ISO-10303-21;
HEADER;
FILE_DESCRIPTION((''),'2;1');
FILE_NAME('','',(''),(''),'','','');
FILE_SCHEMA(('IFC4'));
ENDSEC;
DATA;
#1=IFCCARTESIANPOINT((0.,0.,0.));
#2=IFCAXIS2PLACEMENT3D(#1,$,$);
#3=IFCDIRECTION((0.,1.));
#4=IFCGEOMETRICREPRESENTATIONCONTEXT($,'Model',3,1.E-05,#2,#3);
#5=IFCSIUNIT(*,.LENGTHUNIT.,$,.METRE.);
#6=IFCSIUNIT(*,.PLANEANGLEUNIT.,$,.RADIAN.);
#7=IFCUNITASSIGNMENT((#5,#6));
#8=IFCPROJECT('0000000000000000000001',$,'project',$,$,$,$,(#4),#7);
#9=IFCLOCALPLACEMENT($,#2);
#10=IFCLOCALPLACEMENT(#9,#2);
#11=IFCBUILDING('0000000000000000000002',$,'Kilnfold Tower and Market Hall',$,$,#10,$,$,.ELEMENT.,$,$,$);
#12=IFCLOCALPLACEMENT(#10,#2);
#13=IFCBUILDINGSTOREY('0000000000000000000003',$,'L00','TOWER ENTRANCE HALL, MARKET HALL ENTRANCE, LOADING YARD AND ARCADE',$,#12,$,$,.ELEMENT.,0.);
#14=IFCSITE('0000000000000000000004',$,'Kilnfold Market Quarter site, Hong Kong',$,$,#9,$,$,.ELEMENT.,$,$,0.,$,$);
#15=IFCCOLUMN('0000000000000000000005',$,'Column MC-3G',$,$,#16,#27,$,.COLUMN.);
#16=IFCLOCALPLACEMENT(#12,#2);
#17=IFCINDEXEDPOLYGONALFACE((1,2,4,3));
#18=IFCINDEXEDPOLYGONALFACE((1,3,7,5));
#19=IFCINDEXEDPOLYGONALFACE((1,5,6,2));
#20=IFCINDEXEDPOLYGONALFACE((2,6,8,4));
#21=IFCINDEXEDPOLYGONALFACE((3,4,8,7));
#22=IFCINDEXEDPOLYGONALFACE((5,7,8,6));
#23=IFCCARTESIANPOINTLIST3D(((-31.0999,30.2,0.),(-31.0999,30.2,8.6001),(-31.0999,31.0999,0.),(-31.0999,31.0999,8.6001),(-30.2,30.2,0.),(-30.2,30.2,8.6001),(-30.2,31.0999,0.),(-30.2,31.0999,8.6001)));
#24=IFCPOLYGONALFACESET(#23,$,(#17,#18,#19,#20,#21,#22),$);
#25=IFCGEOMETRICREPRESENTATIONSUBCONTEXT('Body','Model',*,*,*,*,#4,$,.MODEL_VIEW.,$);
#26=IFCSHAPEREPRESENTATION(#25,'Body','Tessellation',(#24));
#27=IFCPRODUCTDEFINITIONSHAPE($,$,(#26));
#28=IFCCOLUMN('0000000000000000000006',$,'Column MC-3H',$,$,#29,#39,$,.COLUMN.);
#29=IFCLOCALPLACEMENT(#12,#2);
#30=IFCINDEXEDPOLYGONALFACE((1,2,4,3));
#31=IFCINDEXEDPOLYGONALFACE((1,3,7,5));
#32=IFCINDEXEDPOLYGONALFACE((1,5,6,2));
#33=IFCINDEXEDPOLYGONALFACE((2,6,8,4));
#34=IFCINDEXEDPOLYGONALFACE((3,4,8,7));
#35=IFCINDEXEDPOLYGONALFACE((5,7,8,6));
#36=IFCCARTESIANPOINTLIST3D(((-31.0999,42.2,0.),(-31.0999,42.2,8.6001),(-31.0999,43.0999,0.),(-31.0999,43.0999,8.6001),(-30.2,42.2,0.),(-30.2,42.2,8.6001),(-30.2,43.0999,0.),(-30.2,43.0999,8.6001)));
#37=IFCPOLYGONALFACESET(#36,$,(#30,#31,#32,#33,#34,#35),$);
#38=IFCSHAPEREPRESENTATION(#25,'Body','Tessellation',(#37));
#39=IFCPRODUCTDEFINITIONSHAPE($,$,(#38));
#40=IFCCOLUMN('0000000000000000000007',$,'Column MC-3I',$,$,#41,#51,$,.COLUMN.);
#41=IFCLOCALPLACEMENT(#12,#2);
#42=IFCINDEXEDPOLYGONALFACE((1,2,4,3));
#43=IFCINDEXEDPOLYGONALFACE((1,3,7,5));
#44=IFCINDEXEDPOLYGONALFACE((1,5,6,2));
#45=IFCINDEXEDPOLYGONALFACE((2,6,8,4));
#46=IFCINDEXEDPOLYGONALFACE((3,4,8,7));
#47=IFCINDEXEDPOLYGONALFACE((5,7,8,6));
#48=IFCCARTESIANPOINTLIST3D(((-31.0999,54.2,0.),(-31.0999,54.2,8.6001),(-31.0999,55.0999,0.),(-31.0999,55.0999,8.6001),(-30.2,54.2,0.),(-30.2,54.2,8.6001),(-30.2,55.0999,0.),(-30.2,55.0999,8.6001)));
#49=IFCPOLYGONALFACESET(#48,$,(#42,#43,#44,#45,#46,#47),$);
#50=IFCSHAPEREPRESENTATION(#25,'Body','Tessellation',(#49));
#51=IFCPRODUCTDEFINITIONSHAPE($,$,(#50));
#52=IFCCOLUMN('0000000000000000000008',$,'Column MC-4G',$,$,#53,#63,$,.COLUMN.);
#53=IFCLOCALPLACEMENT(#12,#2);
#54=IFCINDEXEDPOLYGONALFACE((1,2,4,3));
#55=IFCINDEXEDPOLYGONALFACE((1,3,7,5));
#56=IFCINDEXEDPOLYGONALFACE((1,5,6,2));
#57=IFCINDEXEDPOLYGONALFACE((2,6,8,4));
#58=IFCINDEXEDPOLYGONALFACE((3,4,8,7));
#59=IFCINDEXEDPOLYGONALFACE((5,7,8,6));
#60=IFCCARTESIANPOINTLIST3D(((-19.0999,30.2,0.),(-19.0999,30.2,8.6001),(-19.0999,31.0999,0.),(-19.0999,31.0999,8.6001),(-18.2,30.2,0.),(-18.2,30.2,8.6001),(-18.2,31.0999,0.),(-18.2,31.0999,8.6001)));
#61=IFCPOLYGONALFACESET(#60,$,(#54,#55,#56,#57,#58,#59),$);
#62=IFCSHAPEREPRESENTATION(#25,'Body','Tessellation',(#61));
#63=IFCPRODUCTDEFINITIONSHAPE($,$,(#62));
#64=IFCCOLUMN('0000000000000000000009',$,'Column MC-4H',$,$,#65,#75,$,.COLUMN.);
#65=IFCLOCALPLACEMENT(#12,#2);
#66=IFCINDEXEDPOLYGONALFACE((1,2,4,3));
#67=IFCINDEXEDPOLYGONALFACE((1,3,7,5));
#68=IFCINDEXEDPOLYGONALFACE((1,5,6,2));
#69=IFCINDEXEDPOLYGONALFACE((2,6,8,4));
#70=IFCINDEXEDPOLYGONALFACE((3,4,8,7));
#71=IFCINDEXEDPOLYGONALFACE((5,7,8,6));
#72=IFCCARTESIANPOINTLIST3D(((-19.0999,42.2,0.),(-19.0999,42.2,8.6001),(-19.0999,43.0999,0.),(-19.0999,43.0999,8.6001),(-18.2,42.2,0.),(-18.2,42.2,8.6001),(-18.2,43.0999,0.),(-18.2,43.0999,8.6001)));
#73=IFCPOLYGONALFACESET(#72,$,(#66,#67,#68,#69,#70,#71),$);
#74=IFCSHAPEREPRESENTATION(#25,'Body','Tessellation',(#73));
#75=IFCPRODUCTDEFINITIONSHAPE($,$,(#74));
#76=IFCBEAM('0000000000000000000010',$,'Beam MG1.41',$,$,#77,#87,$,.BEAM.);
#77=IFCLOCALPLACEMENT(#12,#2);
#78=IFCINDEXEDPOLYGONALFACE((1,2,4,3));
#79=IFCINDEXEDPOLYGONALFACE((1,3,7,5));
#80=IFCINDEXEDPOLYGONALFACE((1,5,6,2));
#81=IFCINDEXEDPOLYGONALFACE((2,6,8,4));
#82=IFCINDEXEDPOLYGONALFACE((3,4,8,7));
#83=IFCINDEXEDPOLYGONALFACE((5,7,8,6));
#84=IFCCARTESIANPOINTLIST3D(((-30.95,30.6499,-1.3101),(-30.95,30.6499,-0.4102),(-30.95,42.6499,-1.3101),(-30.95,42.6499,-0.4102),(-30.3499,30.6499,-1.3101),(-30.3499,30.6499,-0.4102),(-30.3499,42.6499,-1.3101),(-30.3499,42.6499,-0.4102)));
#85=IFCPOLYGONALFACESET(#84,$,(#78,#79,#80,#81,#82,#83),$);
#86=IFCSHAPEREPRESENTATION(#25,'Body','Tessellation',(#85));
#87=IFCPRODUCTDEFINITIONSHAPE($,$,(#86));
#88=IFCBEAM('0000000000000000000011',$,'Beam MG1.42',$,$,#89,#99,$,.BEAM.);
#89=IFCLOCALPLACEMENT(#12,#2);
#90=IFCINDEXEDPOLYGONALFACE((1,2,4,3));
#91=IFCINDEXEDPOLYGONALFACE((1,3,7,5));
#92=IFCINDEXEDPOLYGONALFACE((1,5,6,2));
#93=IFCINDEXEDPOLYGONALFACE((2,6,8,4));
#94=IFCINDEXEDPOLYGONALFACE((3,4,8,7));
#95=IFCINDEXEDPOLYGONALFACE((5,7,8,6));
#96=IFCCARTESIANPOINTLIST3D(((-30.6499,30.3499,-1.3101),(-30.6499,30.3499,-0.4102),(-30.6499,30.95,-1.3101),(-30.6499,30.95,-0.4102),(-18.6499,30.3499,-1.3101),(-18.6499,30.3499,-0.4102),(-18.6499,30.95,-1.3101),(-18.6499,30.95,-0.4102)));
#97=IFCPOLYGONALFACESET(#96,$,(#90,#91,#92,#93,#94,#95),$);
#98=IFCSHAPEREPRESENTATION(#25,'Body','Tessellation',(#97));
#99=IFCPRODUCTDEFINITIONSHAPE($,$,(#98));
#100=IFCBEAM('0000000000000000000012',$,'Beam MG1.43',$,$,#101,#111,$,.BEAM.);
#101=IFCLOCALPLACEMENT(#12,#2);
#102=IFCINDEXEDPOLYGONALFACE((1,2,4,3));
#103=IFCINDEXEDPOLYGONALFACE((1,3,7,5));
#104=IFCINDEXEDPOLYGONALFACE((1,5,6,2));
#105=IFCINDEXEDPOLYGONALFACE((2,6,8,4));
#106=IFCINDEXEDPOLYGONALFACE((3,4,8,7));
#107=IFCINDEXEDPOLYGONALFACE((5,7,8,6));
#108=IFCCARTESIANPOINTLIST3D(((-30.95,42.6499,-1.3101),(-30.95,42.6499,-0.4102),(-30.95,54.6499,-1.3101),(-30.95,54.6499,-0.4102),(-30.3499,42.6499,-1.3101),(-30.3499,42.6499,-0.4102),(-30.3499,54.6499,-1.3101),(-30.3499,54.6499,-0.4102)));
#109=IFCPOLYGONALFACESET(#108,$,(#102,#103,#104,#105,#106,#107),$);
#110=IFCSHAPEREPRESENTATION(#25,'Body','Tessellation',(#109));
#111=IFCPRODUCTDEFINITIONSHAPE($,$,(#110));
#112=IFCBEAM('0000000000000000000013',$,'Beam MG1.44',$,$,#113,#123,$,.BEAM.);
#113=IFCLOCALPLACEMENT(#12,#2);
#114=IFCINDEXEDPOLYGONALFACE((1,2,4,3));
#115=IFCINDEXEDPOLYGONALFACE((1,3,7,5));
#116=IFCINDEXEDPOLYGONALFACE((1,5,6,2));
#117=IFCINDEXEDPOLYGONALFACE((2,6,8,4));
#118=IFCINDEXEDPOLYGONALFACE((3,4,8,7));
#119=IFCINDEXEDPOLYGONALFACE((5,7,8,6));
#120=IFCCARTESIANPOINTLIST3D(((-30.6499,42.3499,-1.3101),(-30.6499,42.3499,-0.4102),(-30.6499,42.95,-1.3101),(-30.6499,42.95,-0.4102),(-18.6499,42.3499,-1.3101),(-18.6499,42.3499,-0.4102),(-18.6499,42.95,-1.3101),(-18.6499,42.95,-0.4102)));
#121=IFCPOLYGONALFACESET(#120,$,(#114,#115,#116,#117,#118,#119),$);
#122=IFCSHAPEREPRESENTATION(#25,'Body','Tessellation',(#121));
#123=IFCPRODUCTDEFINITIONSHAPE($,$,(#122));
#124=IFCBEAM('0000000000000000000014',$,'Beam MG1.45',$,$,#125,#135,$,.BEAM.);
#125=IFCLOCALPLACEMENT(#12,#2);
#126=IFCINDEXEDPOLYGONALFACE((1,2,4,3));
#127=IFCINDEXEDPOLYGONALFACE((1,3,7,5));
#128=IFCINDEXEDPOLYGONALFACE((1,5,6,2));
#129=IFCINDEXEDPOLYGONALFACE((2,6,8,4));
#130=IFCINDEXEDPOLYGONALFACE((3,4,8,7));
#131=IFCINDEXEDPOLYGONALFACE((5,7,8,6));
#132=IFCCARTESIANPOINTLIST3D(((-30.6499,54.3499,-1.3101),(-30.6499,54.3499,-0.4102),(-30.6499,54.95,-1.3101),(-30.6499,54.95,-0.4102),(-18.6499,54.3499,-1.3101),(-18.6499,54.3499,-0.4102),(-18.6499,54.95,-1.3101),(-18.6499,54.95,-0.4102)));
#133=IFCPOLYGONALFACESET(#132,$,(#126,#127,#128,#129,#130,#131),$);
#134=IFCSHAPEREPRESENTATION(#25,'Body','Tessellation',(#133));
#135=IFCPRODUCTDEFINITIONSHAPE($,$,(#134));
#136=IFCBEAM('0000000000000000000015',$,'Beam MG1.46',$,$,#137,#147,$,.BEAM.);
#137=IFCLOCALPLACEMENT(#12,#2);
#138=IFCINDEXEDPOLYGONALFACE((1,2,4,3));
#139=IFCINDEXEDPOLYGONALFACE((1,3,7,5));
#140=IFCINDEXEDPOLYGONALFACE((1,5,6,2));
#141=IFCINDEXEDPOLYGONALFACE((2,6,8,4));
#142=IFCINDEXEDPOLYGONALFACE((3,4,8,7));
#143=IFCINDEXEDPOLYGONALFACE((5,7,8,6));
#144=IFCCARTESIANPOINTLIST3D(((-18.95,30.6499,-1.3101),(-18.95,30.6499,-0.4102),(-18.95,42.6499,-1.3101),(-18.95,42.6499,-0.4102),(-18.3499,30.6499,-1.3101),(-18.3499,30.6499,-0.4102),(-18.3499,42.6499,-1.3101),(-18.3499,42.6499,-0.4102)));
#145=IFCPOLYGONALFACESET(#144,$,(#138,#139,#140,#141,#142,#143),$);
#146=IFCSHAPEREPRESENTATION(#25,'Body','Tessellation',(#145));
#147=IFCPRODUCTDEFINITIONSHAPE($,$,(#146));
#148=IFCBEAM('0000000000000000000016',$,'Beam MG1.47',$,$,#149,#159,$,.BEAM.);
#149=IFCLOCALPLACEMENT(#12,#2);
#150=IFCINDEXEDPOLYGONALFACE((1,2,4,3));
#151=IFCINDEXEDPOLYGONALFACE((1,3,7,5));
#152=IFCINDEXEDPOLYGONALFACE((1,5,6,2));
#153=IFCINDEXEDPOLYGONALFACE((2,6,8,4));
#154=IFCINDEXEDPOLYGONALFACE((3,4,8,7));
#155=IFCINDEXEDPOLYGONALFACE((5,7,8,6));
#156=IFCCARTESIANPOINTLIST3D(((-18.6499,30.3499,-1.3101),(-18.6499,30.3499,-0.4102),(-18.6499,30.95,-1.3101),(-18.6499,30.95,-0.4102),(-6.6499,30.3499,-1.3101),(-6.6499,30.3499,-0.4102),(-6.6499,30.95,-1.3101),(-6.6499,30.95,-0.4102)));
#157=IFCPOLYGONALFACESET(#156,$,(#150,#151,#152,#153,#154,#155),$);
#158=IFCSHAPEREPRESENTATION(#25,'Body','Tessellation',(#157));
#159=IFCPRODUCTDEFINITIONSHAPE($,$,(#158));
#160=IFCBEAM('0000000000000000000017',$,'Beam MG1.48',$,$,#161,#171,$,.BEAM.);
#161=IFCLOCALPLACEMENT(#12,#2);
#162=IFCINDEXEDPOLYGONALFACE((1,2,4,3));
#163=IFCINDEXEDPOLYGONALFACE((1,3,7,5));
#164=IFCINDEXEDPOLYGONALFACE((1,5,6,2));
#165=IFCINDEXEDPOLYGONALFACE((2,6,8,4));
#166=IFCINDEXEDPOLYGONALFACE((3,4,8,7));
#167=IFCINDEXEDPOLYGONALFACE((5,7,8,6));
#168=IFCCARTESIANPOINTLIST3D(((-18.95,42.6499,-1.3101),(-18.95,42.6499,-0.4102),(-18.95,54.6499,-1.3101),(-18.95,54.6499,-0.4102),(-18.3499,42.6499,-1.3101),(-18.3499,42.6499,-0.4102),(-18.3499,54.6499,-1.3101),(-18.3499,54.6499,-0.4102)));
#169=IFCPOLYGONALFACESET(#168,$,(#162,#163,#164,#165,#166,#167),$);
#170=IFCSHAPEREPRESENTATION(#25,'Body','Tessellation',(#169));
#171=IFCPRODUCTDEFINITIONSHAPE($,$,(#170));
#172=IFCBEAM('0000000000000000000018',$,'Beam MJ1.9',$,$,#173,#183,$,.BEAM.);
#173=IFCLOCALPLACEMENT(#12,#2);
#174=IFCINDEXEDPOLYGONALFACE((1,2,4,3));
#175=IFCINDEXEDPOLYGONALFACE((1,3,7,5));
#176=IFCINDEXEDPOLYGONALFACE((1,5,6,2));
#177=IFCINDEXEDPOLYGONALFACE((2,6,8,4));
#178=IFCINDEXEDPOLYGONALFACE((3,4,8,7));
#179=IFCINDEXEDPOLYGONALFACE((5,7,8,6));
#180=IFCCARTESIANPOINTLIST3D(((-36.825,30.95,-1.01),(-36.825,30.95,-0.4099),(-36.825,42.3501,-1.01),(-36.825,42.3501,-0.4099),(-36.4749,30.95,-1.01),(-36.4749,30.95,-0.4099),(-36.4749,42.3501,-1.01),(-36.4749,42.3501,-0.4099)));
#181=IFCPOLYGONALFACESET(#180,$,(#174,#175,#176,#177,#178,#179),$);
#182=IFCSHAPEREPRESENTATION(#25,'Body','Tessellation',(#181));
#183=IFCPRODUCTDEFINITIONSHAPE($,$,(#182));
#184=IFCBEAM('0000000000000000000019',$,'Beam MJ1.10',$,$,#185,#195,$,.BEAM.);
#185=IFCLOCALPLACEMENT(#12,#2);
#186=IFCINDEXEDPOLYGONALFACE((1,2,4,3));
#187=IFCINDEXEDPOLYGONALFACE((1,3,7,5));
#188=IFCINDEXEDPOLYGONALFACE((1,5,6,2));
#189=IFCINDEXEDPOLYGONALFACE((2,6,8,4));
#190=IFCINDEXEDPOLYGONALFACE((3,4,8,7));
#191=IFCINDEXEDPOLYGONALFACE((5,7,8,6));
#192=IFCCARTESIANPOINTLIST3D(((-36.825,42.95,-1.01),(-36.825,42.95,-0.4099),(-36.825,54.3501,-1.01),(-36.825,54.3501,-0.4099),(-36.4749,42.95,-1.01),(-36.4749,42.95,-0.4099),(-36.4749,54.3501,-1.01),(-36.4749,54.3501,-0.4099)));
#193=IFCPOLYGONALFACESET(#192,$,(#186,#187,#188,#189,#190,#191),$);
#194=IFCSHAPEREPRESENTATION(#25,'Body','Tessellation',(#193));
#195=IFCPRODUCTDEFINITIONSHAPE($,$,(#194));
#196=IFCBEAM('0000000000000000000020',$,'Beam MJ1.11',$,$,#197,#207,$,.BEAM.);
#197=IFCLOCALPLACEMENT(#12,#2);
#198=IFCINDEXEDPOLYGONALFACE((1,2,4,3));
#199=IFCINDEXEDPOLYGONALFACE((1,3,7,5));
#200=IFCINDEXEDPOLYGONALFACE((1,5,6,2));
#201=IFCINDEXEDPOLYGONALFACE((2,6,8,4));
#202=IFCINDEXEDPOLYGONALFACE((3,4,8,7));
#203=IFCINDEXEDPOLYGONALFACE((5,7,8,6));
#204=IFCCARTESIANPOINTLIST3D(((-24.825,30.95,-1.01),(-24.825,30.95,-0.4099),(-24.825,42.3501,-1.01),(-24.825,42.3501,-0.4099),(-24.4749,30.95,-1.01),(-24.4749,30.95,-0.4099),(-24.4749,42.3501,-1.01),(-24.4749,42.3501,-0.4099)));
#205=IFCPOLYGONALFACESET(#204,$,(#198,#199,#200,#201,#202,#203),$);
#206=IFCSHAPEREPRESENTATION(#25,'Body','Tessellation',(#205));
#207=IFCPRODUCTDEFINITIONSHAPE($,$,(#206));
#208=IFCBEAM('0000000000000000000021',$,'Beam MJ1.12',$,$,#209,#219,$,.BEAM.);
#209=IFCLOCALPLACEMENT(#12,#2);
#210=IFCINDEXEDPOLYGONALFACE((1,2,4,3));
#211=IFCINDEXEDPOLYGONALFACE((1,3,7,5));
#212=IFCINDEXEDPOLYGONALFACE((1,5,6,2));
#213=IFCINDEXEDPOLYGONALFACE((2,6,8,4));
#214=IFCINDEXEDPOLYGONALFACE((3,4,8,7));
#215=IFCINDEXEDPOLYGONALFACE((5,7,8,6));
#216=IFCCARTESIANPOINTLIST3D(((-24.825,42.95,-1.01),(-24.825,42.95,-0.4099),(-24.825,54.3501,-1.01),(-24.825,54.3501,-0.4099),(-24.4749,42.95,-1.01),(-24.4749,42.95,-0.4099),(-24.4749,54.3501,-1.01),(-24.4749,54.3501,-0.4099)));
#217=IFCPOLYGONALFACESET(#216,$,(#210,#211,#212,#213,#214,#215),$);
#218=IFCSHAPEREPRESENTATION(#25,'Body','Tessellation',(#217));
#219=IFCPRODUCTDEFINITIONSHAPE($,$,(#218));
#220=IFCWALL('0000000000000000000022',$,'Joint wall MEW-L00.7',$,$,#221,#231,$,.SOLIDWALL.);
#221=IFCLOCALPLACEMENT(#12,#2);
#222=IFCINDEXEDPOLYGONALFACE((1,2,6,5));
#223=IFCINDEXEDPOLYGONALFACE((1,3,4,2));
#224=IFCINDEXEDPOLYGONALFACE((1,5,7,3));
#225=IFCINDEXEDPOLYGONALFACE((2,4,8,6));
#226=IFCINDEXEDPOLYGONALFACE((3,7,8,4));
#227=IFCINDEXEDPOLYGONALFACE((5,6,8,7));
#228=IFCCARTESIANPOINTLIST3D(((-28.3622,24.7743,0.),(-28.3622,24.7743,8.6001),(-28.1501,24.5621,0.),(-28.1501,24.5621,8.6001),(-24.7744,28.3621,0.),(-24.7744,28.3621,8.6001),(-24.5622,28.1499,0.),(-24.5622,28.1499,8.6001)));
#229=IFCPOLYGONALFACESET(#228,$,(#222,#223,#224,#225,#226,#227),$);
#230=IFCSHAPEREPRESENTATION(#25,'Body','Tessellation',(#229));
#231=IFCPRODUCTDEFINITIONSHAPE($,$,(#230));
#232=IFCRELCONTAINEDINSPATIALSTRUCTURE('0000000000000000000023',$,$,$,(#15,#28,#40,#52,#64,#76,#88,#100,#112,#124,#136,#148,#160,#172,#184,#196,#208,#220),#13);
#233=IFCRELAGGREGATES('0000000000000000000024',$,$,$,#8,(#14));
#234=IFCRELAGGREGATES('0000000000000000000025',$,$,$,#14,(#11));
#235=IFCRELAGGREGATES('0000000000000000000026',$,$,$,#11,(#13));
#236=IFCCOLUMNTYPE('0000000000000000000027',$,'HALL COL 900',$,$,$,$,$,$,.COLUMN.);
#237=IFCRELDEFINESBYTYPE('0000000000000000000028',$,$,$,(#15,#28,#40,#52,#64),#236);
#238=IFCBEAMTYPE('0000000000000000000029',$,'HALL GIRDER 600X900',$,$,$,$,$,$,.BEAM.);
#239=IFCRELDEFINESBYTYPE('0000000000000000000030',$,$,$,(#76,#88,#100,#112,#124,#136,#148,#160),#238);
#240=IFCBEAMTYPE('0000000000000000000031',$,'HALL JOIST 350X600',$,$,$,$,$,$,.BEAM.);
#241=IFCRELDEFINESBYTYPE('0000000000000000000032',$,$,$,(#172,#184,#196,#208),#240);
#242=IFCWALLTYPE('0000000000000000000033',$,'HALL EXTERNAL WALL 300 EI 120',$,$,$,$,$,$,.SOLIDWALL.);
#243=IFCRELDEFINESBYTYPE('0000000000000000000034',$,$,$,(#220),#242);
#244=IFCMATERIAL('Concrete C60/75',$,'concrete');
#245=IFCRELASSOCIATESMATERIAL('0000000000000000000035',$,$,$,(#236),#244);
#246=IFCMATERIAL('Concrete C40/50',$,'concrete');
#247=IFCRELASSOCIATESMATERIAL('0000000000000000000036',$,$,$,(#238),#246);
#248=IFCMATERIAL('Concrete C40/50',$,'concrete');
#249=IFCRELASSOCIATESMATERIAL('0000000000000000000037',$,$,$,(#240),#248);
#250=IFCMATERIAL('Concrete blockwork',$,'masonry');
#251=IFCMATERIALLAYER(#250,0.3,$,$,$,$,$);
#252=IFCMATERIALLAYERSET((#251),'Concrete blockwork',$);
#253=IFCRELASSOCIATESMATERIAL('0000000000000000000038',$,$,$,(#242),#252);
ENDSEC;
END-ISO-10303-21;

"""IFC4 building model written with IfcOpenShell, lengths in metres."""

from ifc_helpers import new_model, si_unit, direction, frame, frame_2d, origin, origin_2d, place, context, subcontext, project, spatial, rectangle, extrude, source, transform, mapped, material, layer, layer_set, material_profile, profile_set, type_object, element, save


model = new_model("IFC4")

# Units and contexts
model_context = context("Model", 3, precision=1e-05, world=origin(), true_north=direction((0.0, 1.0)))
body_context = subcontext(model_context, "Body", "Model", "MODEL_VIEW")
ifc_project = project(units=[si_unit("LENGTHUNIT", "METRE"), si_unit("PLANEANGLEUNIT", "RADIAN")], contexts=[model_context])

# Site, building, storey
site_placement = place(None, origin())
site = spatial("IfcSite", under=ifc_project, at=site_placement, Name="Kilnfold Market Quarter site, Hong Kong", CompositionType="ELEMENT", RefElevation=0.0)
building_placement = place(site_placement, origin())
building = spatial("IfcBuilding", under=site, at=building_placement, Name="Kilnfold Tower and Market Hall", CompositionType="ELEMENT")
storey_placement = place(building_placement, origin())
storey = spatial("IfcBuildingStorey", under=building, at=storey_placement, Name="L00", Description="TOWER ENTRANCE HALL, MARKET HALL ENTRANCE, LOADING YARD AND ARCADE", CompositionType="ELEMENT", Elevation=0.0)

# Columns
ifc_material_1 = material(Name="Concrete C60/75", Category="concrete")
ifc_material_profile_1 = material_profile(ifc_material_1, rectangle(XDim=0.8999, YDim=0.8999, at=origin_2d()), Name="RC 900x900")
ifc_profile_set_1 = profile_set([ifc_material_profile_1], Name="Concrete C60/75")
column_type = type_object("IfcColumnType", Name="HALL COL 900", PredefinedType="COLUMN", material=ifc_profile_set_1)
shared_shape_1 = source(origin(), body_context, "Body", "SweptSolid", [
    extrude(rectangle(XDim=0.8999, YDim=0.8999, at=origin_2d()), origin(), (0.0, 0.0, 1.0), 8.6001),
])
for number, where, z_axis, x_axis, name in (
    (1, (-30.6499, 30.6499, 0.0), (0.0, 0.0, 1.0), (1.0, 0.0, 0.0), "Column MC-3G"),
    (2, (-30.6499, 42.6499, 0.0), (0.0, 0.0, 1.0), (1.0, 0.0, 0.0), "Column MC-3H"),
    (3, (-30.6499, 54.6499, 0.0), (0.0, 0.0, 1.0), (1.0, 0.0, 0.0), "Column MC-3I"),
    (4, (-18.6499, 30.6499, 0.0), (0.0, 0.0, 1.0), (1.0, 0.0, 0.0), "Column MC-4G"),
    (5, (-18.6499, 42.6499, 0.0), (0.0, 0.0, 1.0), (1.0, 0.0, 0.0), "Column MC-4H"),
):
    element("IfcColumn", number, at=place(storey_placement, frame(where, z_axis=z_axis, x_axis=x_axis)), inside=storey, type_object=column_type, Name=name, PredefinedType="COLUMN", context=body_context, shape_type="MappedRepresentation", body=[
        mapped(shared_shape_1, transform((0.0, 0.0, 0.0))),
    ])

# Beams
ifc_material_2 = material(Name="Concrete C40/50", Category="concrete")
ifc_material_profile_2 = material_profile(ifc_material_2, rectangle(XDim=0.6001, YDim=0.8999, at=origin_2d()), Name="RC 600x900")
ifc_profile_set_2 = profile_set([ifc_material_profile_2], Name="Concrete C40/50")
beam_type_1 = type_object("IfcBeamType", Name="HALL GIRDER 600X900", PredefinedType="BEAM", material=ifc_profile_set_2)
for number, where, z_axis, x_axis, name in (
    (6, (-30.6499, 30.6499, -0.8601), (0.0, 1.0, 0.0), (-1.0, 0.0, 0.0), "Beam MG1.41"),
    (7, (-30.6499, 30.6499, -0.8601), (1.0, 0.0, 0.0), (0.0, 1.0, 0.0), "Beam MG1.42"),
    (8, (-30.6499, 42.6499, -0.8601), (0.0, 1.0, 0.0), (-1.0, 0.0, 0.0), "Beam MG1.43"),
    (9, (-30.6499, 42.6499, -0.8601), (1.0, 0.0, 0.0), (0.0, 1.0, 0.0), "Beam MG1.44"),
    (10, (-30.6499, 54.6499, -0.8601), (1.0, 0.0, 0.0), (0.0, 1.0, 0.0), "Beam MG1.45"),
    (11, (-18.6499, 30.6499, -0.8601), (0.0, 1.0, 0.0), (-1.0, 0.0, 0.0), "Beam MG1.46"),
    (12, (-18.6499, 30.6499, -0.8601), (1.0, 0.0, 0.0), (0.0, 1.0, 0.0), "Beam MG1.47"),
    (13, (-18.6499, 42.6499, -0.8601), (0.0, 1.0, 0.0), (-1.0, 0.0, 0.0), "Beam MG1.48"),
):
    element("IfcBeam", number, at=place(storey_placement, frame(where, z_axis=z_axis, x_axis=x_axis)), inside=storey, type_object=beam_type_1, Name=name, PredefinedType="BEAM", context=body_context, shape_type="SweptSolid", body=[
        extrude(rectangle(XDim=0.6001, YDim=0.8999, at=origin_2d()), origin(), (0.0, 0.0, 1.0), 12.0),
    ])
ifc_material_3 = material(Name="Concrete C40/50", Category="concrete")
ifc_material_profile_3 = material_profile(ifc_material_3, rectangle(XDim=0.3501, YDim=0.6001, at=origin_2d()), Name="RC 350x600")
ifc_profile_set_3 = profile_set([ifc_material_profile_3], Name="Concrete C40/50")
beam_type_2 = type_object("IfcBeamType", Name="HALL JOIST 350X600", PredefinedType="BEAM", material=ifc_profile_set_3)
for number, where, z_axis, x_axis, name in (
    (14, (-36.6499, 30.95, -0.71), (0.0, 1.0, 0.0), (-1.0, 0.0, 0.0), "Beam MJ1.9"),
    (15, (-36.6499, 42.95, -0.71), (0.0, 1.0, 0.0), (-1.0, 0.0, 0.0), "Beam MJ1.10"),
    (16, (-24.6499, 30.95, -0.71), (0.0, 1.0, 0.0), (-1.0, 0.0, 0.0), "Beam MJ1.11"),
    (17, (-24.6499, 42.95, -0.71), (0.0, 1.0, 0.0), (-1.0, 0.0, 0.0), "Beam MJ1.12"),
):
    element("IfcBeam", number, at=place(storey_placement, frame(where, z_axis=z_axis, x_axis=x_axis)), inside=storey, type_object=beam_type_2, Name=name, PredefinedType="BEAM", context=body_context, shape_type="SweptSolid", body=[
        extrude(rectangle(XDim=0.3501, YDim=0.6001, at=origin_2d()), origin(), (0.0, 0.0, 1.0), 11.4001),
    ])

# Wall
ifc_material_4 = material(Name="Concrete blockwork", Category="masonry")
ifc_layer_1 = layer(ifc_material_4, 0.3)
ifc_layer_set_1 = layer_set([ifc_layer_1], Name="Concrete blockwork")
wall_type_1 = type_object("IfcWallType", Name="HALL EXTERNAL WALL 300 EI 120", PredefinedType="SOLIDWALL", material=ifc_layer_set_1)
shared_shape_2 = source(origin(), body_context, "Body", "SweptSolid", [
    extrude(rectangle(XDim=5.074, YDim=0.3, at=frame_2d((2.5371, 0.0))), origin(), (0.0, 0.0, 1.0), 8.6001),
])
wall_1_placement = place(storey_placement, frame((-24.6682, 28.2561, 0.0), z_axis=(0.0, 0.0, 1.0), x_axis=(-0.707107, -0.707107, 0.0)))
element("IfcWall", 18, at=wall_1_placement, inside=storey, type_object=wall_type_1, Name="Joint wall MEW-L00.7", PredefinedType="SOLIDWALL", context=body_context, shape_type="MappedRepresentation", body=[
    mapped(shared_shape_2, transform((0.0, 0.0, 0.0))),
])

save(model, "model.ifc")
